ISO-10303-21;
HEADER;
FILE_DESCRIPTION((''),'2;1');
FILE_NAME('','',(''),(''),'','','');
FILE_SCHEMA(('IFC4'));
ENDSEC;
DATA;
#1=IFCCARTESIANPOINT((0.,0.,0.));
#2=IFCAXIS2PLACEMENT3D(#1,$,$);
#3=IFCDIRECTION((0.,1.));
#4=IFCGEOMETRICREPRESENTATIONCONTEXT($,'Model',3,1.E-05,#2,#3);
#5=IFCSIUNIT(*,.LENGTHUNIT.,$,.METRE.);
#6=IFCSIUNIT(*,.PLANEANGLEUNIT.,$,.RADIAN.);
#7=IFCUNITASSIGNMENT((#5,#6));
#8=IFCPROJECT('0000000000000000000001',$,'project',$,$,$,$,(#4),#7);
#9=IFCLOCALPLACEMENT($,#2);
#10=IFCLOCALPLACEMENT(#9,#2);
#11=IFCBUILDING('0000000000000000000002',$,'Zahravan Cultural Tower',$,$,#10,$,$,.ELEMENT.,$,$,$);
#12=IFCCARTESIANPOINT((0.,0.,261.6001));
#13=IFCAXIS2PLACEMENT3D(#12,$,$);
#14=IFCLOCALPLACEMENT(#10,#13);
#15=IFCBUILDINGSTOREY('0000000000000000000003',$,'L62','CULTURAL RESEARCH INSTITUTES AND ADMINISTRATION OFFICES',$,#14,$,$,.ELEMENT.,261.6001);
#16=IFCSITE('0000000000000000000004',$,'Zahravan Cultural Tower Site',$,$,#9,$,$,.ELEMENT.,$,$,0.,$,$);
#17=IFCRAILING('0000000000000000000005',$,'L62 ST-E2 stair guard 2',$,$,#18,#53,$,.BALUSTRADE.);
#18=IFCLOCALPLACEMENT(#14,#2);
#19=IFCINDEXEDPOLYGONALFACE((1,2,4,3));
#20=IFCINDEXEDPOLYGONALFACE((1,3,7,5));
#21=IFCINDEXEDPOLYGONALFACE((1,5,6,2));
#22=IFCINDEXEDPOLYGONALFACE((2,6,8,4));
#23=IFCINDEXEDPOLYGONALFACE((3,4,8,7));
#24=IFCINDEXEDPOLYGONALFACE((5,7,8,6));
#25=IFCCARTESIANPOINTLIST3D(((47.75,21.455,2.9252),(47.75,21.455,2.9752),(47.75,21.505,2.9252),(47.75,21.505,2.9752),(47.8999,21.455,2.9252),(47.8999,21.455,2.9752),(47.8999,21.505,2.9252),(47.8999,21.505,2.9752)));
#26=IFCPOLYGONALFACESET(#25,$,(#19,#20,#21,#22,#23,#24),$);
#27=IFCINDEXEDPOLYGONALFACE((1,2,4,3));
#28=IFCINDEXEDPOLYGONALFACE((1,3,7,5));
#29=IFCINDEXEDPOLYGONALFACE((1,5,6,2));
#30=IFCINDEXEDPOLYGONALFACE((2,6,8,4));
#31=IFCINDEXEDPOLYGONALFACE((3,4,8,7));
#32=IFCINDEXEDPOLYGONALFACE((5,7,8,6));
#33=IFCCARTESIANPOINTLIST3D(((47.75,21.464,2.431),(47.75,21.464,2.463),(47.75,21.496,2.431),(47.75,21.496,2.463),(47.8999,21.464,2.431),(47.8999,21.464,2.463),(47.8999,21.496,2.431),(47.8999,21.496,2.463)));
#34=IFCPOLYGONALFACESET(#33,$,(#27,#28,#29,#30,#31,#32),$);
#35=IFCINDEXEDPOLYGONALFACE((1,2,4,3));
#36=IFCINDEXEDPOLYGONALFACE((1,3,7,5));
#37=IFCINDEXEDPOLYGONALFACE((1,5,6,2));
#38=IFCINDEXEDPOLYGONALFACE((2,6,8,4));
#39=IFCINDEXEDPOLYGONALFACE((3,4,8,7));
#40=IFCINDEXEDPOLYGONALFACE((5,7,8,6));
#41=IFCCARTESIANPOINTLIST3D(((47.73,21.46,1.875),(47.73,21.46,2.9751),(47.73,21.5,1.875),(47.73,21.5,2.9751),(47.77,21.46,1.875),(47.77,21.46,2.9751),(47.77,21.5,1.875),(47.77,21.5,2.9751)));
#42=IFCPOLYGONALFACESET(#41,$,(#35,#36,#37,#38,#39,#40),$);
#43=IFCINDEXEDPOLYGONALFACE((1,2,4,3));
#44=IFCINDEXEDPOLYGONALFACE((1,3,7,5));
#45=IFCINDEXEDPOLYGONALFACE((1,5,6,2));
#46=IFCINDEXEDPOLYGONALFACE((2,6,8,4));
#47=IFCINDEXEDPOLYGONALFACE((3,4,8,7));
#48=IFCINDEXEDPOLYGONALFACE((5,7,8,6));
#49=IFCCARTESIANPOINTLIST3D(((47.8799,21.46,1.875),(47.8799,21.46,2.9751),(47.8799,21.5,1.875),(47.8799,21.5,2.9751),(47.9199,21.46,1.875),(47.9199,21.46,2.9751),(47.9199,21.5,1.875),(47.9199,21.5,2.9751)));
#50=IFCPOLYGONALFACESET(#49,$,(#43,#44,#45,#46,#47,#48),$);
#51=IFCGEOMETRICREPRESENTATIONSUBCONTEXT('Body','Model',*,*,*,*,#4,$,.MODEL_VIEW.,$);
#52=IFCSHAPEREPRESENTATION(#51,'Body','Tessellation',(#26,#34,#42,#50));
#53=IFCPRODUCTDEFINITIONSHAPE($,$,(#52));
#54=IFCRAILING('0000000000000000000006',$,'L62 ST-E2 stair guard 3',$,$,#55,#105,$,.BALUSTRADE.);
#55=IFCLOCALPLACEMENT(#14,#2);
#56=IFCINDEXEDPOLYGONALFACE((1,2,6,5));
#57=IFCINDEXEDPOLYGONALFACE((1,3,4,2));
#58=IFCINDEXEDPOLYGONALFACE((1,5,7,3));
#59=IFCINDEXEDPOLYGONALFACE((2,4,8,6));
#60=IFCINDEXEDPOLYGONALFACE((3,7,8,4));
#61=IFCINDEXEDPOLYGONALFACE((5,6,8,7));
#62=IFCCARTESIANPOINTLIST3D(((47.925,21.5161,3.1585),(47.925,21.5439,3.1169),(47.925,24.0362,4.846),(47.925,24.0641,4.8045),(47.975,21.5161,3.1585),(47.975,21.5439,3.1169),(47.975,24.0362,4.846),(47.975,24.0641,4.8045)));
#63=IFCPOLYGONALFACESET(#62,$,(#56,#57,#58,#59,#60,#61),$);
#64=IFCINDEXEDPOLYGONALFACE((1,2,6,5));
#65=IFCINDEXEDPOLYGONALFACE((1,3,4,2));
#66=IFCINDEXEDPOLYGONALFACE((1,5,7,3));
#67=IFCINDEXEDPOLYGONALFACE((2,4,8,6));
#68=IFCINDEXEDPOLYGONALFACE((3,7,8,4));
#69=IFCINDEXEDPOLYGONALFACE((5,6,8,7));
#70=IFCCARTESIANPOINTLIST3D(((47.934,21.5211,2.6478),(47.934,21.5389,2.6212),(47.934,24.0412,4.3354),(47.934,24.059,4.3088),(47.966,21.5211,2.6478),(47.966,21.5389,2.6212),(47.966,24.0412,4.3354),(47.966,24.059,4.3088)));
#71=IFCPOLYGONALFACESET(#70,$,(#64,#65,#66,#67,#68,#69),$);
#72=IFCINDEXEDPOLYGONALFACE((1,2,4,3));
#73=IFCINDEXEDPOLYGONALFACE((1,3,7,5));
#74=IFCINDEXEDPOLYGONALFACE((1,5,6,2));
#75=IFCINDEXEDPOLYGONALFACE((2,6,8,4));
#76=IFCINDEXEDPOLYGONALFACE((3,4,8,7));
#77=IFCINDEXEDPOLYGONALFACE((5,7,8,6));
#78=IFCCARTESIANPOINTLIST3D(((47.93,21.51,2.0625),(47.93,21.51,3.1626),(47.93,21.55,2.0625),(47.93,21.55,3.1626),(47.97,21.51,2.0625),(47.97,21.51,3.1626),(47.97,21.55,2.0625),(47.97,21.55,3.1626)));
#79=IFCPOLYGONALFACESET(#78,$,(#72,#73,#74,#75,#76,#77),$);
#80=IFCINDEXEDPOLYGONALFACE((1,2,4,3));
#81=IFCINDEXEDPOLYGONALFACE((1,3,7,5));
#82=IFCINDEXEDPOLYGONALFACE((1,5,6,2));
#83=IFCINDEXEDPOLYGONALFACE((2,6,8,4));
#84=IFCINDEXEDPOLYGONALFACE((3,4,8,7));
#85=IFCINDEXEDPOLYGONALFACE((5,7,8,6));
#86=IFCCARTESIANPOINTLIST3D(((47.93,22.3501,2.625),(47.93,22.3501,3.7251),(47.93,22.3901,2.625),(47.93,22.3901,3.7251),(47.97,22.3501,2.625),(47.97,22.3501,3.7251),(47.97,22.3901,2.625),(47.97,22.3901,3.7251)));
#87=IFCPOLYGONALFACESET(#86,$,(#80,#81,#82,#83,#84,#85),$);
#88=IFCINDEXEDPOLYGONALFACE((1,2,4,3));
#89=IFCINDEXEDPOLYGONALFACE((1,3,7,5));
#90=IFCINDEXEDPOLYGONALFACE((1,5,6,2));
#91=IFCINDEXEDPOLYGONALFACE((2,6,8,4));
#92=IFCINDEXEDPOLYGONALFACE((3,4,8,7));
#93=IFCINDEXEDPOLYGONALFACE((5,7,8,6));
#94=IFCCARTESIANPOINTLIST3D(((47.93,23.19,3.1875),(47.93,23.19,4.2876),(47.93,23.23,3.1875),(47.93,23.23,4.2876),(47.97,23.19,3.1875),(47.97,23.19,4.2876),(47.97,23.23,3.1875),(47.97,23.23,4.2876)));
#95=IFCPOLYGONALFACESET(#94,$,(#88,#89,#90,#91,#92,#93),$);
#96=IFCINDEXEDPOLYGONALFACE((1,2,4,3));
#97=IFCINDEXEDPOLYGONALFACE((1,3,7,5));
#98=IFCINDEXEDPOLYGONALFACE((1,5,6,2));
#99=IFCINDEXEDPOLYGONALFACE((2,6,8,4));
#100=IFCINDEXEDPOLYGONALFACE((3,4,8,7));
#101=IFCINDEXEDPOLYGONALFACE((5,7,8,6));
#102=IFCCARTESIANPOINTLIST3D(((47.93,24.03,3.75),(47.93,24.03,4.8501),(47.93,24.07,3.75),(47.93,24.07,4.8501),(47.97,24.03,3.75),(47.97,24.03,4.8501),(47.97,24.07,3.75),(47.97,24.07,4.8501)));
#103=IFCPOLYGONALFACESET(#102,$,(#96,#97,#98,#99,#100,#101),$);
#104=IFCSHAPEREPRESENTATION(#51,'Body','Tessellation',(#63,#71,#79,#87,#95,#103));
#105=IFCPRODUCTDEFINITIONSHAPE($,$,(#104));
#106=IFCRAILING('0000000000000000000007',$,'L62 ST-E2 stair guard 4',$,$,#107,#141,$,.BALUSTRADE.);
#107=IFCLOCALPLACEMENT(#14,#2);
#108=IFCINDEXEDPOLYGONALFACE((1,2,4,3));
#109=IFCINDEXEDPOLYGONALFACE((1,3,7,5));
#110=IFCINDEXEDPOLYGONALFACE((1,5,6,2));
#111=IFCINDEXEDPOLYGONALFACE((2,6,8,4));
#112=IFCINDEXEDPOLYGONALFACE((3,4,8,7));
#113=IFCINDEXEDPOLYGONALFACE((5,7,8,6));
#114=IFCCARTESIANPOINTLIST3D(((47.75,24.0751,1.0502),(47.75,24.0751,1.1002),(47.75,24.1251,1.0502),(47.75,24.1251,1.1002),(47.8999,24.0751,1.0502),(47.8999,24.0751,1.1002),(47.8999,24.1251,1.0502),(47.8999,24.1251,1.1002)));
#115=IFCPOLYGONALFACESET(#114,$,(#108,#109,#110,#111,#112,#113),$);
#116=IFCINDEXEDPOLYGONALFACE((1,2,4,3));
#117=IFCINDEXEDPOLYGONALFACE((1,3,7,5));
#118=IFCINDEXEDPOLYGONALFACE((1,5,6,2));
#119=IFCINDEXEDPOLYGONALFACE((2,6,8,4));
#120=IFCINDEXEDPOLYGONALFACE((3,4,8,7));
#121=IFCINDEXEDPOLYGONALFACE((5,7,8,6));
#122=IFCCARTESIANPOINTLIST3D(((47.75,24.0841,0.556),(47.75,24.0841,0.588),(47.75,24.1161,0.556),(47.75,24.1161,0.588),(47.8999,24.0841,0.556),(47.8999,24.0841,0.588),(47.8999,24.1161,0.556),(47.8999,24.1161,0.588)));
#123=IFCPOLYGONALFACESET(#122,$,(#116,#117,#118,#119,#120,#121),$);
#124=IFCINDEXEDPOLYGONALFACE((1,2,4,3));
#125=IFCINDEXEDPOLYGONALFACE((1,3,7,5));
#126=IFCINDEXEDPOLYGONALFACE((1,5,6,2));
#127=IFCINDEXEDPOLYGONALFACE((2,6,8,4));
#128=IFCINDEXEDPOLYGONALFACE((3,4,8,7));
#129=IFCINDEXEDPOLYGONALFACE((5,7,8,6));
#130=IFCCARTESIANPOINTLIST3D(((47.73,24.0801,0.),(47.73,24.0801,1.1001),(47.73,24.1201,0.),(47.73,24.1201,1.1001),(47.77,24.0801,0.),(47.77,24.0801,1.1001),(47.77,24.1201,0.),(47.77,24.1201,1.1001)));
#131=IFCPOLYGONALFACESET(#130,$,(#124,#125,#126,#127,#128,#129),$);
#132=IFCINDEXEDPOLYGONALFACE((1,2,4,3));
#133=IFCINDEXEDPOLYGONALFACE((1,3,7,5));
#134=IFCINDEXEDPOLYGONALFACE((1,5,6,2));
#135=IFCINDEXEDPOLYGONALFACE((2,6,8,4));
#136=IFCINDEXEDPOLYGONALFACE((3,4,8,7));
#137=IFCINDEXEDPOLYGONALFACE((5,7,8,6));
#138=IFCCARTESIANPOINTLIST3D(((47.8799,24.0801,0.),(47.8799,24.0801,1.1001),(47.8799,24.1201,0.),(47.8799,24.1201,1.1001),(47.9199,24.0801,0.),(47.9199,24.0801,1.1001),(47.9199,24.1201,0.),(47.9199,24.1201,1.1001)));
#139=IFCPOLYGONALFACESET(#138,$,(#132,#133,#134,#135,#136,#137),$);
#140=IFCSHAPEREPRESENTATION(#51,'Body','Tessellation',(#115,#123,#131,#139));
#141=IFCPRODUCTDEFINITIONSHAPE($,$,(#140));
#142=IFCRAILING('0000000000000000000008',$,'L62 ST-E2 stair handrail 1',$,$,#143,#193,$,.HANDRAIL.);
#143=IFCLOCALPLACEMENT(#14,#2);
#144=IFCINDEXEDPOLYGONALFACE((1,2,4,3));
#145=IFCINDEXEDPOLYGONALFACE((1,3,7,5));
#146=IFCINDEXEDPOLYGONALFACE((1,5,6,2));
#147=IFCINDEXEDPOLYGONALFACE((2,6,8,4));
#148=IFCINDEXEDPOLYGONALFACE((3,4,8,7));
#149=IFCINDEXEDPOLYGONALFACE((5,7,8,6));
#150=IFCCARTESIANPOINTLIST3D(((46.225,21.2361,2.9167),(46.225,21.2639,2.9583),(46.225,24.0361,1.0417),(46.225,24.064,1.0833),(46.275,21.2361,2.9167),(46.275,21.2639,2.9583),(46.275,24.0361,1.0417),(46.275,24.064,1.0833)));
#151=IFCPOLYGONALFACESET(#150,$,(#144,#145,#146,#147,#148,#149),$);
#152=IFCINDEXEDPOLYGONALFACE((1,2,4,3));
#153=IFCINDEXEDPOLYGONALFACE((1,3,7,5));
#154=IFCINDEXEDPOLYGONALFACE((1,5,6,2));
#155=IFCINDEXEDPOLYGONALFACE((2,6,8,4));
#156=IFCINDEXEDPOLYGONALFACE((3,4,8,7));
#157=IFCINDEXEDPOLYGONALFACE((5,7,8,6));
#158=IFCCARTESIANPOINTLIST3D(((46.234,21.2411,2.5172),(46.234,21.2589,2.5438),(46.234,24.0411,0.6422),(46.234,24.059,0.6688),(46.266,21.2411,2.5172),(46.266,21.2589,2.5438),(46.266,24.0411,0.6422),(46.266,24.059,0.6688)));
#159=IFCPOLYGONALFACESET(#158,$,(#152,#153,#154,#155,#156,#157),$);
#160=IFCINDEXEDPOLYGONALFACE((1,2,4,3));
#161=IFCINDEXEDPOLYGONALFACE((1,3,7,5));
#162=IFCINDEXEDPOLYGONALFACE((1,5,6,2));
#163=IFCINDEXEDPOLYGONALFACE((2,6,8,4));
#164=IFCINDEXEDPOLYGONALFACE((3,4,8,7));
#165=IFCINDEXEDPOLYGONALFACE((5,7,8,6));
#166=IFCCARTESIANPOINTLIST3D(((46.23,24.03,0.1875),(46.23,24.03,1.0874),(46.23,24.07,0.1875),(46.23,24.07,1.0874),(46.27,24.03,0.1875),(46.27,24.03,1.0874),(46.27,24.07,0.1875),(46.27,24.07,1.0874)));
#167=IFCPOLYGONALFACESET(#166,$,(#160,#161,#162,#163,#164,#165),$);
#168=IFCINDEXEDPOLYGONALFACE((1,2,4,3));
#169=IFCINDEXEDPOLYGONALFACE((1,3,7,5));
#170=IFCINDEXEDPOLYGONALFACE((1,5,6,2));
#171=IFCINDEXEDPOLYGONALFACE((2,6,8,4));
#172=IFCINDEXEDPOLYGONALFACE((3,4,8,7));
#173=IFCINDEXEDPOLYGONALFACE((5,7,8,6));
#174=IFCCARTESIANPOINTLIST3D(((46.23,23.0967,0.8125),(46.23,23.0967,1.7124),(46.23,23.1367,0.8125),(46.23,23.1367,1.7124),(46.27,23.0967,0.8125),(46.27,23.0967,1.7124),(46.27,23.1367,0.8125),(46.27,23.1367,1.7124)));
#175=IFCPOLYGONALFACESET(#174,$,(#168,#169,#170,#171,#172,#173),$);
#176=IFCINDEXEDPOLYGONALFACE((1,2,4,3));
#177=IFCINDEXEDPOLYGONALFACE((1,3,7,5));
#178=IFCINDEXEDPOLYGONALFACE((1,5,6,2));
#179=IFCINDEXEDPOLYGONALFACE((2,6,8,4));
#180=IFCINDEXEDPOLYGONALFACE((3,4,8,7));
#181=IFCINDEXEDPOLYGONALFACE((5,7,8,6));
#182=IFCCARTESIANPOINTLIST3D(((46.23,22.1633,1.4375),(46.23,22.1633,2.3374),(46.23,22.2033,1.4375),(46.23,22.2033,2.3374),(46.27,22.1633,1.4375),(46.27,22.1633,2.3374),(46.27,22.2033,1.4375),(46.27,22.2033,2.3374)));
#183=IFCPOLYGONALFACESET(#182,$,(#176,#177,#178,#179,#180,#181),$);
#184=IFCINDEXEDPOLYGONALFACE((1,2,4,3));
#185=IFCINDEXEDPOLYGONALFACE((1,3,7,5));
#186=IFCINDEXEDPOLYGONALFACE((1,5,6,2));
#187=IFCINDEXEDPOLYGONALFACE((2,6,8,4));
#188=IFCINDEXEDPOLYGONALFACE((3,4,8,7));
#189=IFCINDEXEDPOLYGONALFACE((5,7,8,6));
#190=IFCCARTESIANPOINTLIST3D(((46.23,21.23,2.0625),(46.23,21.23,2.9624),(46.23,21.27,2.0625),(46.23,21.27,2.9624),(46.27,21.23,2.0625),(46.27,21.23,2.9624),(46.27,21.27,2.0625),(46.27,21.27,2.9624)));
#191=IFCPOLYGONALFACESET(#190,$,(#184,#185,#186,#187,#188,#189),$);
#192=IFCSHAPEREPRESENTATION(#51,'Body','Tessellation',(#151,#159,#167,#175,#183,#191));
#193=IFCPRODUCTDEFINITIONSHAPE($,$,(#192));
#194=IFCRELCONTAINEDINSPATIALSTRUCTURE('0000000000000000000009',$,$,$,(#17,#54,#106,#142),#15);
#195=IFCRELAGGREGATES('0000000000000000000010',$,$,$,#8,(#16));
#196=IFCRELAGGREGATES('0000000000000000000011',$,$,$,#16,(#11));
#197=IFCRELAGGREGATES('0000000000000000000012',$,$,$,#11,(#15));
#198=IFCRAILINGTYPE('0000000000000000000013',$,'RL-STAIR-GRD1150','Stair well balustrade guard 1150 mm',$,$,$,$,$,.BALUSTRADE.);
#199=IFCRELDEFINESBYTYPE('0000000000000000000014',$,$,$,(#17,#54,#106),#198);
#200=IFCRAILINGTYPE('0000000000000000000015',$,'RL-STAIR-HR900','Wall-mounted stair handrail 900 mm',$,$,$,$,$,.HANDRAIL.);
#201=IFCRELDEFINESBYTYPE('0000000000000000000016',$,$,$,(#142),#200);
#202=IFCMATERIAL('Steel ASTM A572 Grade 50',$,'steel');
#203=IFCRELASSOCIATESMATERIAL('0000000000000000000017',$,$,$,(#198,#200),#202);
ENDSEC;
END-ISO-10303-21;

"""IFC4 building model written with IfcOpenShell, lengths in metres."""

from ifc_helpers import new_model, si_unit, direction, frame, origin, origin_2d, place, context, subcontext, project, spatial, rectangle, extrude, material, type_object, element, save


model = new_model("IFC4")

# Units and contexts
model_context = context("Model", 3, precision=1e-05, world=origin(), true_north=direction((0.0, 1.0)))
body_context = subcontext(model_context, "Body", "Model", "MODEL_VIEW")
ifc_project = project(units=[si_unit("LENGTHUNIT", "METRE"), si_unit("PLANEANGLEUNIT", "RADIAN")], contexts=[model_context])

# Site, building, storey
site_placement = place(None, origin())
site = spatial("IfcSite", under=ifc_project, at=site_placement, Name="Zahravan Cultural Tower Site", CompositionType="ELEMENT", RefElevation=0.0)
building_placement = place(site_placement, origin())
building = spatial("IfcBuilding", under=site, at=building_placement, Name="Zahravan Cultural Tower", CompositionType="ELEMENT")
storey_placement = place(building_placement, frame((0.0, 0.0, 261.6001)))
storey = spatial("IfcBuildingStorey", under=building, at=storey_placement, Name="L62", Description="CULTURAL RESEARCH INSTITUTES AND ADMINISTRATION OFFICES", CompositionType="ELEMENT", Elevation=261.6001)

# Shared definitions
ifc_material_1 = material(Name="Steel ASTM A572 Grade 50", Category="steel")

# Railings
railing_type_1 = type_object("IfcRailingType", Name="RL-STAIR-GRD1150", Description="Stair well balustrade guard 1150 mm", PredefinedType="BALUSTRADE", material=ifc_material_1)
railing_1_placement = place(storey_placement, frame((47.75, 21.48, 1.875)))
element("IfcRailing", 1, at=railing_1_placement, inside=storey, type_object=railing_type_1, Name="L62 ST-E2 stair guard 2", PredefinedType="BALUSTRADE", context=body_context, shape_type="SweptSolid", body=[
    extrude(rectangle(XDim=0.05, YDim=0.05, at=origin_2d()), frame((0.0, 0.0, 1.0752), z_axis=(1.0, 0.0, 0.0), x_axis=(0.0, 1.0, 0.0)), (0.0, 0.0, 1.0), 0.1499),
    extrude(rectangle(XDim=0.032, YDim=0.032, at=origin_2d()), frame((0.0, 0.0, 0.572), z_axis=(1.0, 0.0, 0.0), x_axis=(0.0, 1.0, 0.0)), (0.0, 0.0, 1.0), 0.1499),
    extrude(rectangle(XDim=0.04, YDim=0.04, at=origin_2d()), origin(), (0.0, 0.0, 1.0), 1.1001),
    extrude(rectangle(XDim=0.04, YDim=0.04, at=origin_2d()), frame((0.1499, 0.0, 0.0)), (0.0, 0.0, 1.0), 1.1001),
])
railing_2_placement = place(storey_placement, frame((47.95, 21.53, 2.0625)))
element("IfcRailing", 2, at=railing_2_placement, inside=storey, type_object=railing_type_1, Name="L62 ST-E2 stair guard 3", PredefinedType="BALUSTRADE", context=body_context, shape_type="SweptSolid", body=[
    extrude(rectangle(XDim=0.05, YDim=0.05, at=origin_2d()), frame((0.0, 0.0, 1.0752), z_axis=(0.0, 0.830909, 0.556408), x_axis=(-1.0, 0.0, 0.0)), (0.0, 0.0, 1.0), 3.033),
    extrude(rectangle(XDim=0.032, YDim=0.032, at=origin_2d()), frame((0.0, 0.0, 0.572), z_axis=(0.0, 0.830909, 0.556408), x_axis=(-1.0, 0.0, 0.0)), (0.0, 0.0, 1.0), 3.033),
    extrude(rectangle(XDim=0.04, YDim=0.04, at=origin_2d()), origin(), (0.0, 0.0, 1.0), 1.1001),
    extrude(rectangle(XDim=0.04, YDim=0.04, at=origin_2d()), frame((0.0, 0.8401, 0.5625)), (0.0, 0.0, 1.0), 1.1001),
    extrude(rectangle(XDim=0.04, YDim=0.04, at=origin_2d()), frame((0.0, 1.6799, 1.125)), (0.0, 0.0, 1.0), 1.1001),
    extrude(rectangle(XDim=0.04, YDim=0.04, at=origin_2d()), frame((0.0, 2.52, 1.6875)), (0.0, 0.0, 1.0), 1.1001),
])
railing_3_placement = place(storey_placement, frame((47.75, 24.1001, 0.0)))
element("IfcRailing", 3, at=railing_3_placement, inside=storey, type_object=railing_type_1, Name="L62 ST-E2 stair guard 4", PredefinedType="BALUSTRADE", context=body_context, shape_type="SweptSolid", body=[
    extrude(rectangle(XDim=0.05, YDim=0.05, at=origin_2d()), frame((0.0, 0.0, 1.0752), z_axis=(1.0, 0.0, 0.0), x_axis=(0.0, 1.0, 0.0)), (0.0, 0.0, 1.0), 0.1499),
    extrude(rectangle(XDim=0.032, YDim=0.032, at=origin_2d()), frame((0.0, 0.0, 0.572), z_axis=(1.0, 0.0, 0.0), x_axis=(0.0, 1.0, 0.0)), (0.0, 0.0, 1.0), 0.1499),
    extrude(rectangle(XDim=0.04, YDim=0.04, at=origin_2d()), origin(), (0.0, 0.0, 1.0), 1.1001),
    extrude(rectangle(XDim=0.04, YDim=0.04, at=origin_2d()), frame((0.1499, 0.0, 0.0)), (0.0, 0.0, 1.0), 1.1001),
])
railing_type_2 = type_object("IfcRailingType", Name="RL-STAIR-HR900", Description="Wall-mounted stair handrail 900 mm", PredefinedType="HANDRAIL", material=ifc_material_1)
railing_4_placement = place(storey_placement, frame((46.25, 24.05, 0.1875)))
element("IfcRailing", 4, at=railing_4_placement, inside=storey, type_object=railing_type_2, Name="L62 ST-E2 stair handrail 1", PredefinedType="HANDRAIL", context=body_context, shape_type="SweptSolid", body=[
    extrude(rectangle(XDim=0.05, YDim=0.05, at=origin_2d()), frame((0.0, 0.0, 0.875), z_axis=(0.0, -0.830912, 0.556404), x_axis=(1.0, 0.0, 0.0)), (0.0, 0.0, 1.0), 3.3699),
    extrude(rectangle(XDim=0.032, YDim=0.032, at=origin_2d()), frame((0.0, 0.0, 0.468), z_axis=(0.0, -0.830912, 0.556404), x_axis=(1.0, 0.0, 0.0)), (0.0, 0.0, 1.0), 3.3699),
    extrude(rectangle(XDim=0.04, YDim=0.04, at=origin_2d()), origin(), (0.0, 0.0, 1.0), 0.8999),
    extrude(rectangle(XDim=0.04, YDim=0.04, at=origin_2d()), frame((0.0, -0.9333, 0.625)), (0.0, 0.0, 1.0), 0.8999),
    extrude(rectangle(XDim=0.04, YDim=0.04, at=origin_2d()), frame((0.0, -1.8667, 1.25)), (0.0, 0.0, 1.0), 0.8999),
    extrude(rectangle(XDim=0.04, YDim=0.04, at=origin_2d()), frame((0.0, -2.8, 1.875)), (0.0, 0.0, 1.0), 0.8999),
])

save(model, "model.ifc")
